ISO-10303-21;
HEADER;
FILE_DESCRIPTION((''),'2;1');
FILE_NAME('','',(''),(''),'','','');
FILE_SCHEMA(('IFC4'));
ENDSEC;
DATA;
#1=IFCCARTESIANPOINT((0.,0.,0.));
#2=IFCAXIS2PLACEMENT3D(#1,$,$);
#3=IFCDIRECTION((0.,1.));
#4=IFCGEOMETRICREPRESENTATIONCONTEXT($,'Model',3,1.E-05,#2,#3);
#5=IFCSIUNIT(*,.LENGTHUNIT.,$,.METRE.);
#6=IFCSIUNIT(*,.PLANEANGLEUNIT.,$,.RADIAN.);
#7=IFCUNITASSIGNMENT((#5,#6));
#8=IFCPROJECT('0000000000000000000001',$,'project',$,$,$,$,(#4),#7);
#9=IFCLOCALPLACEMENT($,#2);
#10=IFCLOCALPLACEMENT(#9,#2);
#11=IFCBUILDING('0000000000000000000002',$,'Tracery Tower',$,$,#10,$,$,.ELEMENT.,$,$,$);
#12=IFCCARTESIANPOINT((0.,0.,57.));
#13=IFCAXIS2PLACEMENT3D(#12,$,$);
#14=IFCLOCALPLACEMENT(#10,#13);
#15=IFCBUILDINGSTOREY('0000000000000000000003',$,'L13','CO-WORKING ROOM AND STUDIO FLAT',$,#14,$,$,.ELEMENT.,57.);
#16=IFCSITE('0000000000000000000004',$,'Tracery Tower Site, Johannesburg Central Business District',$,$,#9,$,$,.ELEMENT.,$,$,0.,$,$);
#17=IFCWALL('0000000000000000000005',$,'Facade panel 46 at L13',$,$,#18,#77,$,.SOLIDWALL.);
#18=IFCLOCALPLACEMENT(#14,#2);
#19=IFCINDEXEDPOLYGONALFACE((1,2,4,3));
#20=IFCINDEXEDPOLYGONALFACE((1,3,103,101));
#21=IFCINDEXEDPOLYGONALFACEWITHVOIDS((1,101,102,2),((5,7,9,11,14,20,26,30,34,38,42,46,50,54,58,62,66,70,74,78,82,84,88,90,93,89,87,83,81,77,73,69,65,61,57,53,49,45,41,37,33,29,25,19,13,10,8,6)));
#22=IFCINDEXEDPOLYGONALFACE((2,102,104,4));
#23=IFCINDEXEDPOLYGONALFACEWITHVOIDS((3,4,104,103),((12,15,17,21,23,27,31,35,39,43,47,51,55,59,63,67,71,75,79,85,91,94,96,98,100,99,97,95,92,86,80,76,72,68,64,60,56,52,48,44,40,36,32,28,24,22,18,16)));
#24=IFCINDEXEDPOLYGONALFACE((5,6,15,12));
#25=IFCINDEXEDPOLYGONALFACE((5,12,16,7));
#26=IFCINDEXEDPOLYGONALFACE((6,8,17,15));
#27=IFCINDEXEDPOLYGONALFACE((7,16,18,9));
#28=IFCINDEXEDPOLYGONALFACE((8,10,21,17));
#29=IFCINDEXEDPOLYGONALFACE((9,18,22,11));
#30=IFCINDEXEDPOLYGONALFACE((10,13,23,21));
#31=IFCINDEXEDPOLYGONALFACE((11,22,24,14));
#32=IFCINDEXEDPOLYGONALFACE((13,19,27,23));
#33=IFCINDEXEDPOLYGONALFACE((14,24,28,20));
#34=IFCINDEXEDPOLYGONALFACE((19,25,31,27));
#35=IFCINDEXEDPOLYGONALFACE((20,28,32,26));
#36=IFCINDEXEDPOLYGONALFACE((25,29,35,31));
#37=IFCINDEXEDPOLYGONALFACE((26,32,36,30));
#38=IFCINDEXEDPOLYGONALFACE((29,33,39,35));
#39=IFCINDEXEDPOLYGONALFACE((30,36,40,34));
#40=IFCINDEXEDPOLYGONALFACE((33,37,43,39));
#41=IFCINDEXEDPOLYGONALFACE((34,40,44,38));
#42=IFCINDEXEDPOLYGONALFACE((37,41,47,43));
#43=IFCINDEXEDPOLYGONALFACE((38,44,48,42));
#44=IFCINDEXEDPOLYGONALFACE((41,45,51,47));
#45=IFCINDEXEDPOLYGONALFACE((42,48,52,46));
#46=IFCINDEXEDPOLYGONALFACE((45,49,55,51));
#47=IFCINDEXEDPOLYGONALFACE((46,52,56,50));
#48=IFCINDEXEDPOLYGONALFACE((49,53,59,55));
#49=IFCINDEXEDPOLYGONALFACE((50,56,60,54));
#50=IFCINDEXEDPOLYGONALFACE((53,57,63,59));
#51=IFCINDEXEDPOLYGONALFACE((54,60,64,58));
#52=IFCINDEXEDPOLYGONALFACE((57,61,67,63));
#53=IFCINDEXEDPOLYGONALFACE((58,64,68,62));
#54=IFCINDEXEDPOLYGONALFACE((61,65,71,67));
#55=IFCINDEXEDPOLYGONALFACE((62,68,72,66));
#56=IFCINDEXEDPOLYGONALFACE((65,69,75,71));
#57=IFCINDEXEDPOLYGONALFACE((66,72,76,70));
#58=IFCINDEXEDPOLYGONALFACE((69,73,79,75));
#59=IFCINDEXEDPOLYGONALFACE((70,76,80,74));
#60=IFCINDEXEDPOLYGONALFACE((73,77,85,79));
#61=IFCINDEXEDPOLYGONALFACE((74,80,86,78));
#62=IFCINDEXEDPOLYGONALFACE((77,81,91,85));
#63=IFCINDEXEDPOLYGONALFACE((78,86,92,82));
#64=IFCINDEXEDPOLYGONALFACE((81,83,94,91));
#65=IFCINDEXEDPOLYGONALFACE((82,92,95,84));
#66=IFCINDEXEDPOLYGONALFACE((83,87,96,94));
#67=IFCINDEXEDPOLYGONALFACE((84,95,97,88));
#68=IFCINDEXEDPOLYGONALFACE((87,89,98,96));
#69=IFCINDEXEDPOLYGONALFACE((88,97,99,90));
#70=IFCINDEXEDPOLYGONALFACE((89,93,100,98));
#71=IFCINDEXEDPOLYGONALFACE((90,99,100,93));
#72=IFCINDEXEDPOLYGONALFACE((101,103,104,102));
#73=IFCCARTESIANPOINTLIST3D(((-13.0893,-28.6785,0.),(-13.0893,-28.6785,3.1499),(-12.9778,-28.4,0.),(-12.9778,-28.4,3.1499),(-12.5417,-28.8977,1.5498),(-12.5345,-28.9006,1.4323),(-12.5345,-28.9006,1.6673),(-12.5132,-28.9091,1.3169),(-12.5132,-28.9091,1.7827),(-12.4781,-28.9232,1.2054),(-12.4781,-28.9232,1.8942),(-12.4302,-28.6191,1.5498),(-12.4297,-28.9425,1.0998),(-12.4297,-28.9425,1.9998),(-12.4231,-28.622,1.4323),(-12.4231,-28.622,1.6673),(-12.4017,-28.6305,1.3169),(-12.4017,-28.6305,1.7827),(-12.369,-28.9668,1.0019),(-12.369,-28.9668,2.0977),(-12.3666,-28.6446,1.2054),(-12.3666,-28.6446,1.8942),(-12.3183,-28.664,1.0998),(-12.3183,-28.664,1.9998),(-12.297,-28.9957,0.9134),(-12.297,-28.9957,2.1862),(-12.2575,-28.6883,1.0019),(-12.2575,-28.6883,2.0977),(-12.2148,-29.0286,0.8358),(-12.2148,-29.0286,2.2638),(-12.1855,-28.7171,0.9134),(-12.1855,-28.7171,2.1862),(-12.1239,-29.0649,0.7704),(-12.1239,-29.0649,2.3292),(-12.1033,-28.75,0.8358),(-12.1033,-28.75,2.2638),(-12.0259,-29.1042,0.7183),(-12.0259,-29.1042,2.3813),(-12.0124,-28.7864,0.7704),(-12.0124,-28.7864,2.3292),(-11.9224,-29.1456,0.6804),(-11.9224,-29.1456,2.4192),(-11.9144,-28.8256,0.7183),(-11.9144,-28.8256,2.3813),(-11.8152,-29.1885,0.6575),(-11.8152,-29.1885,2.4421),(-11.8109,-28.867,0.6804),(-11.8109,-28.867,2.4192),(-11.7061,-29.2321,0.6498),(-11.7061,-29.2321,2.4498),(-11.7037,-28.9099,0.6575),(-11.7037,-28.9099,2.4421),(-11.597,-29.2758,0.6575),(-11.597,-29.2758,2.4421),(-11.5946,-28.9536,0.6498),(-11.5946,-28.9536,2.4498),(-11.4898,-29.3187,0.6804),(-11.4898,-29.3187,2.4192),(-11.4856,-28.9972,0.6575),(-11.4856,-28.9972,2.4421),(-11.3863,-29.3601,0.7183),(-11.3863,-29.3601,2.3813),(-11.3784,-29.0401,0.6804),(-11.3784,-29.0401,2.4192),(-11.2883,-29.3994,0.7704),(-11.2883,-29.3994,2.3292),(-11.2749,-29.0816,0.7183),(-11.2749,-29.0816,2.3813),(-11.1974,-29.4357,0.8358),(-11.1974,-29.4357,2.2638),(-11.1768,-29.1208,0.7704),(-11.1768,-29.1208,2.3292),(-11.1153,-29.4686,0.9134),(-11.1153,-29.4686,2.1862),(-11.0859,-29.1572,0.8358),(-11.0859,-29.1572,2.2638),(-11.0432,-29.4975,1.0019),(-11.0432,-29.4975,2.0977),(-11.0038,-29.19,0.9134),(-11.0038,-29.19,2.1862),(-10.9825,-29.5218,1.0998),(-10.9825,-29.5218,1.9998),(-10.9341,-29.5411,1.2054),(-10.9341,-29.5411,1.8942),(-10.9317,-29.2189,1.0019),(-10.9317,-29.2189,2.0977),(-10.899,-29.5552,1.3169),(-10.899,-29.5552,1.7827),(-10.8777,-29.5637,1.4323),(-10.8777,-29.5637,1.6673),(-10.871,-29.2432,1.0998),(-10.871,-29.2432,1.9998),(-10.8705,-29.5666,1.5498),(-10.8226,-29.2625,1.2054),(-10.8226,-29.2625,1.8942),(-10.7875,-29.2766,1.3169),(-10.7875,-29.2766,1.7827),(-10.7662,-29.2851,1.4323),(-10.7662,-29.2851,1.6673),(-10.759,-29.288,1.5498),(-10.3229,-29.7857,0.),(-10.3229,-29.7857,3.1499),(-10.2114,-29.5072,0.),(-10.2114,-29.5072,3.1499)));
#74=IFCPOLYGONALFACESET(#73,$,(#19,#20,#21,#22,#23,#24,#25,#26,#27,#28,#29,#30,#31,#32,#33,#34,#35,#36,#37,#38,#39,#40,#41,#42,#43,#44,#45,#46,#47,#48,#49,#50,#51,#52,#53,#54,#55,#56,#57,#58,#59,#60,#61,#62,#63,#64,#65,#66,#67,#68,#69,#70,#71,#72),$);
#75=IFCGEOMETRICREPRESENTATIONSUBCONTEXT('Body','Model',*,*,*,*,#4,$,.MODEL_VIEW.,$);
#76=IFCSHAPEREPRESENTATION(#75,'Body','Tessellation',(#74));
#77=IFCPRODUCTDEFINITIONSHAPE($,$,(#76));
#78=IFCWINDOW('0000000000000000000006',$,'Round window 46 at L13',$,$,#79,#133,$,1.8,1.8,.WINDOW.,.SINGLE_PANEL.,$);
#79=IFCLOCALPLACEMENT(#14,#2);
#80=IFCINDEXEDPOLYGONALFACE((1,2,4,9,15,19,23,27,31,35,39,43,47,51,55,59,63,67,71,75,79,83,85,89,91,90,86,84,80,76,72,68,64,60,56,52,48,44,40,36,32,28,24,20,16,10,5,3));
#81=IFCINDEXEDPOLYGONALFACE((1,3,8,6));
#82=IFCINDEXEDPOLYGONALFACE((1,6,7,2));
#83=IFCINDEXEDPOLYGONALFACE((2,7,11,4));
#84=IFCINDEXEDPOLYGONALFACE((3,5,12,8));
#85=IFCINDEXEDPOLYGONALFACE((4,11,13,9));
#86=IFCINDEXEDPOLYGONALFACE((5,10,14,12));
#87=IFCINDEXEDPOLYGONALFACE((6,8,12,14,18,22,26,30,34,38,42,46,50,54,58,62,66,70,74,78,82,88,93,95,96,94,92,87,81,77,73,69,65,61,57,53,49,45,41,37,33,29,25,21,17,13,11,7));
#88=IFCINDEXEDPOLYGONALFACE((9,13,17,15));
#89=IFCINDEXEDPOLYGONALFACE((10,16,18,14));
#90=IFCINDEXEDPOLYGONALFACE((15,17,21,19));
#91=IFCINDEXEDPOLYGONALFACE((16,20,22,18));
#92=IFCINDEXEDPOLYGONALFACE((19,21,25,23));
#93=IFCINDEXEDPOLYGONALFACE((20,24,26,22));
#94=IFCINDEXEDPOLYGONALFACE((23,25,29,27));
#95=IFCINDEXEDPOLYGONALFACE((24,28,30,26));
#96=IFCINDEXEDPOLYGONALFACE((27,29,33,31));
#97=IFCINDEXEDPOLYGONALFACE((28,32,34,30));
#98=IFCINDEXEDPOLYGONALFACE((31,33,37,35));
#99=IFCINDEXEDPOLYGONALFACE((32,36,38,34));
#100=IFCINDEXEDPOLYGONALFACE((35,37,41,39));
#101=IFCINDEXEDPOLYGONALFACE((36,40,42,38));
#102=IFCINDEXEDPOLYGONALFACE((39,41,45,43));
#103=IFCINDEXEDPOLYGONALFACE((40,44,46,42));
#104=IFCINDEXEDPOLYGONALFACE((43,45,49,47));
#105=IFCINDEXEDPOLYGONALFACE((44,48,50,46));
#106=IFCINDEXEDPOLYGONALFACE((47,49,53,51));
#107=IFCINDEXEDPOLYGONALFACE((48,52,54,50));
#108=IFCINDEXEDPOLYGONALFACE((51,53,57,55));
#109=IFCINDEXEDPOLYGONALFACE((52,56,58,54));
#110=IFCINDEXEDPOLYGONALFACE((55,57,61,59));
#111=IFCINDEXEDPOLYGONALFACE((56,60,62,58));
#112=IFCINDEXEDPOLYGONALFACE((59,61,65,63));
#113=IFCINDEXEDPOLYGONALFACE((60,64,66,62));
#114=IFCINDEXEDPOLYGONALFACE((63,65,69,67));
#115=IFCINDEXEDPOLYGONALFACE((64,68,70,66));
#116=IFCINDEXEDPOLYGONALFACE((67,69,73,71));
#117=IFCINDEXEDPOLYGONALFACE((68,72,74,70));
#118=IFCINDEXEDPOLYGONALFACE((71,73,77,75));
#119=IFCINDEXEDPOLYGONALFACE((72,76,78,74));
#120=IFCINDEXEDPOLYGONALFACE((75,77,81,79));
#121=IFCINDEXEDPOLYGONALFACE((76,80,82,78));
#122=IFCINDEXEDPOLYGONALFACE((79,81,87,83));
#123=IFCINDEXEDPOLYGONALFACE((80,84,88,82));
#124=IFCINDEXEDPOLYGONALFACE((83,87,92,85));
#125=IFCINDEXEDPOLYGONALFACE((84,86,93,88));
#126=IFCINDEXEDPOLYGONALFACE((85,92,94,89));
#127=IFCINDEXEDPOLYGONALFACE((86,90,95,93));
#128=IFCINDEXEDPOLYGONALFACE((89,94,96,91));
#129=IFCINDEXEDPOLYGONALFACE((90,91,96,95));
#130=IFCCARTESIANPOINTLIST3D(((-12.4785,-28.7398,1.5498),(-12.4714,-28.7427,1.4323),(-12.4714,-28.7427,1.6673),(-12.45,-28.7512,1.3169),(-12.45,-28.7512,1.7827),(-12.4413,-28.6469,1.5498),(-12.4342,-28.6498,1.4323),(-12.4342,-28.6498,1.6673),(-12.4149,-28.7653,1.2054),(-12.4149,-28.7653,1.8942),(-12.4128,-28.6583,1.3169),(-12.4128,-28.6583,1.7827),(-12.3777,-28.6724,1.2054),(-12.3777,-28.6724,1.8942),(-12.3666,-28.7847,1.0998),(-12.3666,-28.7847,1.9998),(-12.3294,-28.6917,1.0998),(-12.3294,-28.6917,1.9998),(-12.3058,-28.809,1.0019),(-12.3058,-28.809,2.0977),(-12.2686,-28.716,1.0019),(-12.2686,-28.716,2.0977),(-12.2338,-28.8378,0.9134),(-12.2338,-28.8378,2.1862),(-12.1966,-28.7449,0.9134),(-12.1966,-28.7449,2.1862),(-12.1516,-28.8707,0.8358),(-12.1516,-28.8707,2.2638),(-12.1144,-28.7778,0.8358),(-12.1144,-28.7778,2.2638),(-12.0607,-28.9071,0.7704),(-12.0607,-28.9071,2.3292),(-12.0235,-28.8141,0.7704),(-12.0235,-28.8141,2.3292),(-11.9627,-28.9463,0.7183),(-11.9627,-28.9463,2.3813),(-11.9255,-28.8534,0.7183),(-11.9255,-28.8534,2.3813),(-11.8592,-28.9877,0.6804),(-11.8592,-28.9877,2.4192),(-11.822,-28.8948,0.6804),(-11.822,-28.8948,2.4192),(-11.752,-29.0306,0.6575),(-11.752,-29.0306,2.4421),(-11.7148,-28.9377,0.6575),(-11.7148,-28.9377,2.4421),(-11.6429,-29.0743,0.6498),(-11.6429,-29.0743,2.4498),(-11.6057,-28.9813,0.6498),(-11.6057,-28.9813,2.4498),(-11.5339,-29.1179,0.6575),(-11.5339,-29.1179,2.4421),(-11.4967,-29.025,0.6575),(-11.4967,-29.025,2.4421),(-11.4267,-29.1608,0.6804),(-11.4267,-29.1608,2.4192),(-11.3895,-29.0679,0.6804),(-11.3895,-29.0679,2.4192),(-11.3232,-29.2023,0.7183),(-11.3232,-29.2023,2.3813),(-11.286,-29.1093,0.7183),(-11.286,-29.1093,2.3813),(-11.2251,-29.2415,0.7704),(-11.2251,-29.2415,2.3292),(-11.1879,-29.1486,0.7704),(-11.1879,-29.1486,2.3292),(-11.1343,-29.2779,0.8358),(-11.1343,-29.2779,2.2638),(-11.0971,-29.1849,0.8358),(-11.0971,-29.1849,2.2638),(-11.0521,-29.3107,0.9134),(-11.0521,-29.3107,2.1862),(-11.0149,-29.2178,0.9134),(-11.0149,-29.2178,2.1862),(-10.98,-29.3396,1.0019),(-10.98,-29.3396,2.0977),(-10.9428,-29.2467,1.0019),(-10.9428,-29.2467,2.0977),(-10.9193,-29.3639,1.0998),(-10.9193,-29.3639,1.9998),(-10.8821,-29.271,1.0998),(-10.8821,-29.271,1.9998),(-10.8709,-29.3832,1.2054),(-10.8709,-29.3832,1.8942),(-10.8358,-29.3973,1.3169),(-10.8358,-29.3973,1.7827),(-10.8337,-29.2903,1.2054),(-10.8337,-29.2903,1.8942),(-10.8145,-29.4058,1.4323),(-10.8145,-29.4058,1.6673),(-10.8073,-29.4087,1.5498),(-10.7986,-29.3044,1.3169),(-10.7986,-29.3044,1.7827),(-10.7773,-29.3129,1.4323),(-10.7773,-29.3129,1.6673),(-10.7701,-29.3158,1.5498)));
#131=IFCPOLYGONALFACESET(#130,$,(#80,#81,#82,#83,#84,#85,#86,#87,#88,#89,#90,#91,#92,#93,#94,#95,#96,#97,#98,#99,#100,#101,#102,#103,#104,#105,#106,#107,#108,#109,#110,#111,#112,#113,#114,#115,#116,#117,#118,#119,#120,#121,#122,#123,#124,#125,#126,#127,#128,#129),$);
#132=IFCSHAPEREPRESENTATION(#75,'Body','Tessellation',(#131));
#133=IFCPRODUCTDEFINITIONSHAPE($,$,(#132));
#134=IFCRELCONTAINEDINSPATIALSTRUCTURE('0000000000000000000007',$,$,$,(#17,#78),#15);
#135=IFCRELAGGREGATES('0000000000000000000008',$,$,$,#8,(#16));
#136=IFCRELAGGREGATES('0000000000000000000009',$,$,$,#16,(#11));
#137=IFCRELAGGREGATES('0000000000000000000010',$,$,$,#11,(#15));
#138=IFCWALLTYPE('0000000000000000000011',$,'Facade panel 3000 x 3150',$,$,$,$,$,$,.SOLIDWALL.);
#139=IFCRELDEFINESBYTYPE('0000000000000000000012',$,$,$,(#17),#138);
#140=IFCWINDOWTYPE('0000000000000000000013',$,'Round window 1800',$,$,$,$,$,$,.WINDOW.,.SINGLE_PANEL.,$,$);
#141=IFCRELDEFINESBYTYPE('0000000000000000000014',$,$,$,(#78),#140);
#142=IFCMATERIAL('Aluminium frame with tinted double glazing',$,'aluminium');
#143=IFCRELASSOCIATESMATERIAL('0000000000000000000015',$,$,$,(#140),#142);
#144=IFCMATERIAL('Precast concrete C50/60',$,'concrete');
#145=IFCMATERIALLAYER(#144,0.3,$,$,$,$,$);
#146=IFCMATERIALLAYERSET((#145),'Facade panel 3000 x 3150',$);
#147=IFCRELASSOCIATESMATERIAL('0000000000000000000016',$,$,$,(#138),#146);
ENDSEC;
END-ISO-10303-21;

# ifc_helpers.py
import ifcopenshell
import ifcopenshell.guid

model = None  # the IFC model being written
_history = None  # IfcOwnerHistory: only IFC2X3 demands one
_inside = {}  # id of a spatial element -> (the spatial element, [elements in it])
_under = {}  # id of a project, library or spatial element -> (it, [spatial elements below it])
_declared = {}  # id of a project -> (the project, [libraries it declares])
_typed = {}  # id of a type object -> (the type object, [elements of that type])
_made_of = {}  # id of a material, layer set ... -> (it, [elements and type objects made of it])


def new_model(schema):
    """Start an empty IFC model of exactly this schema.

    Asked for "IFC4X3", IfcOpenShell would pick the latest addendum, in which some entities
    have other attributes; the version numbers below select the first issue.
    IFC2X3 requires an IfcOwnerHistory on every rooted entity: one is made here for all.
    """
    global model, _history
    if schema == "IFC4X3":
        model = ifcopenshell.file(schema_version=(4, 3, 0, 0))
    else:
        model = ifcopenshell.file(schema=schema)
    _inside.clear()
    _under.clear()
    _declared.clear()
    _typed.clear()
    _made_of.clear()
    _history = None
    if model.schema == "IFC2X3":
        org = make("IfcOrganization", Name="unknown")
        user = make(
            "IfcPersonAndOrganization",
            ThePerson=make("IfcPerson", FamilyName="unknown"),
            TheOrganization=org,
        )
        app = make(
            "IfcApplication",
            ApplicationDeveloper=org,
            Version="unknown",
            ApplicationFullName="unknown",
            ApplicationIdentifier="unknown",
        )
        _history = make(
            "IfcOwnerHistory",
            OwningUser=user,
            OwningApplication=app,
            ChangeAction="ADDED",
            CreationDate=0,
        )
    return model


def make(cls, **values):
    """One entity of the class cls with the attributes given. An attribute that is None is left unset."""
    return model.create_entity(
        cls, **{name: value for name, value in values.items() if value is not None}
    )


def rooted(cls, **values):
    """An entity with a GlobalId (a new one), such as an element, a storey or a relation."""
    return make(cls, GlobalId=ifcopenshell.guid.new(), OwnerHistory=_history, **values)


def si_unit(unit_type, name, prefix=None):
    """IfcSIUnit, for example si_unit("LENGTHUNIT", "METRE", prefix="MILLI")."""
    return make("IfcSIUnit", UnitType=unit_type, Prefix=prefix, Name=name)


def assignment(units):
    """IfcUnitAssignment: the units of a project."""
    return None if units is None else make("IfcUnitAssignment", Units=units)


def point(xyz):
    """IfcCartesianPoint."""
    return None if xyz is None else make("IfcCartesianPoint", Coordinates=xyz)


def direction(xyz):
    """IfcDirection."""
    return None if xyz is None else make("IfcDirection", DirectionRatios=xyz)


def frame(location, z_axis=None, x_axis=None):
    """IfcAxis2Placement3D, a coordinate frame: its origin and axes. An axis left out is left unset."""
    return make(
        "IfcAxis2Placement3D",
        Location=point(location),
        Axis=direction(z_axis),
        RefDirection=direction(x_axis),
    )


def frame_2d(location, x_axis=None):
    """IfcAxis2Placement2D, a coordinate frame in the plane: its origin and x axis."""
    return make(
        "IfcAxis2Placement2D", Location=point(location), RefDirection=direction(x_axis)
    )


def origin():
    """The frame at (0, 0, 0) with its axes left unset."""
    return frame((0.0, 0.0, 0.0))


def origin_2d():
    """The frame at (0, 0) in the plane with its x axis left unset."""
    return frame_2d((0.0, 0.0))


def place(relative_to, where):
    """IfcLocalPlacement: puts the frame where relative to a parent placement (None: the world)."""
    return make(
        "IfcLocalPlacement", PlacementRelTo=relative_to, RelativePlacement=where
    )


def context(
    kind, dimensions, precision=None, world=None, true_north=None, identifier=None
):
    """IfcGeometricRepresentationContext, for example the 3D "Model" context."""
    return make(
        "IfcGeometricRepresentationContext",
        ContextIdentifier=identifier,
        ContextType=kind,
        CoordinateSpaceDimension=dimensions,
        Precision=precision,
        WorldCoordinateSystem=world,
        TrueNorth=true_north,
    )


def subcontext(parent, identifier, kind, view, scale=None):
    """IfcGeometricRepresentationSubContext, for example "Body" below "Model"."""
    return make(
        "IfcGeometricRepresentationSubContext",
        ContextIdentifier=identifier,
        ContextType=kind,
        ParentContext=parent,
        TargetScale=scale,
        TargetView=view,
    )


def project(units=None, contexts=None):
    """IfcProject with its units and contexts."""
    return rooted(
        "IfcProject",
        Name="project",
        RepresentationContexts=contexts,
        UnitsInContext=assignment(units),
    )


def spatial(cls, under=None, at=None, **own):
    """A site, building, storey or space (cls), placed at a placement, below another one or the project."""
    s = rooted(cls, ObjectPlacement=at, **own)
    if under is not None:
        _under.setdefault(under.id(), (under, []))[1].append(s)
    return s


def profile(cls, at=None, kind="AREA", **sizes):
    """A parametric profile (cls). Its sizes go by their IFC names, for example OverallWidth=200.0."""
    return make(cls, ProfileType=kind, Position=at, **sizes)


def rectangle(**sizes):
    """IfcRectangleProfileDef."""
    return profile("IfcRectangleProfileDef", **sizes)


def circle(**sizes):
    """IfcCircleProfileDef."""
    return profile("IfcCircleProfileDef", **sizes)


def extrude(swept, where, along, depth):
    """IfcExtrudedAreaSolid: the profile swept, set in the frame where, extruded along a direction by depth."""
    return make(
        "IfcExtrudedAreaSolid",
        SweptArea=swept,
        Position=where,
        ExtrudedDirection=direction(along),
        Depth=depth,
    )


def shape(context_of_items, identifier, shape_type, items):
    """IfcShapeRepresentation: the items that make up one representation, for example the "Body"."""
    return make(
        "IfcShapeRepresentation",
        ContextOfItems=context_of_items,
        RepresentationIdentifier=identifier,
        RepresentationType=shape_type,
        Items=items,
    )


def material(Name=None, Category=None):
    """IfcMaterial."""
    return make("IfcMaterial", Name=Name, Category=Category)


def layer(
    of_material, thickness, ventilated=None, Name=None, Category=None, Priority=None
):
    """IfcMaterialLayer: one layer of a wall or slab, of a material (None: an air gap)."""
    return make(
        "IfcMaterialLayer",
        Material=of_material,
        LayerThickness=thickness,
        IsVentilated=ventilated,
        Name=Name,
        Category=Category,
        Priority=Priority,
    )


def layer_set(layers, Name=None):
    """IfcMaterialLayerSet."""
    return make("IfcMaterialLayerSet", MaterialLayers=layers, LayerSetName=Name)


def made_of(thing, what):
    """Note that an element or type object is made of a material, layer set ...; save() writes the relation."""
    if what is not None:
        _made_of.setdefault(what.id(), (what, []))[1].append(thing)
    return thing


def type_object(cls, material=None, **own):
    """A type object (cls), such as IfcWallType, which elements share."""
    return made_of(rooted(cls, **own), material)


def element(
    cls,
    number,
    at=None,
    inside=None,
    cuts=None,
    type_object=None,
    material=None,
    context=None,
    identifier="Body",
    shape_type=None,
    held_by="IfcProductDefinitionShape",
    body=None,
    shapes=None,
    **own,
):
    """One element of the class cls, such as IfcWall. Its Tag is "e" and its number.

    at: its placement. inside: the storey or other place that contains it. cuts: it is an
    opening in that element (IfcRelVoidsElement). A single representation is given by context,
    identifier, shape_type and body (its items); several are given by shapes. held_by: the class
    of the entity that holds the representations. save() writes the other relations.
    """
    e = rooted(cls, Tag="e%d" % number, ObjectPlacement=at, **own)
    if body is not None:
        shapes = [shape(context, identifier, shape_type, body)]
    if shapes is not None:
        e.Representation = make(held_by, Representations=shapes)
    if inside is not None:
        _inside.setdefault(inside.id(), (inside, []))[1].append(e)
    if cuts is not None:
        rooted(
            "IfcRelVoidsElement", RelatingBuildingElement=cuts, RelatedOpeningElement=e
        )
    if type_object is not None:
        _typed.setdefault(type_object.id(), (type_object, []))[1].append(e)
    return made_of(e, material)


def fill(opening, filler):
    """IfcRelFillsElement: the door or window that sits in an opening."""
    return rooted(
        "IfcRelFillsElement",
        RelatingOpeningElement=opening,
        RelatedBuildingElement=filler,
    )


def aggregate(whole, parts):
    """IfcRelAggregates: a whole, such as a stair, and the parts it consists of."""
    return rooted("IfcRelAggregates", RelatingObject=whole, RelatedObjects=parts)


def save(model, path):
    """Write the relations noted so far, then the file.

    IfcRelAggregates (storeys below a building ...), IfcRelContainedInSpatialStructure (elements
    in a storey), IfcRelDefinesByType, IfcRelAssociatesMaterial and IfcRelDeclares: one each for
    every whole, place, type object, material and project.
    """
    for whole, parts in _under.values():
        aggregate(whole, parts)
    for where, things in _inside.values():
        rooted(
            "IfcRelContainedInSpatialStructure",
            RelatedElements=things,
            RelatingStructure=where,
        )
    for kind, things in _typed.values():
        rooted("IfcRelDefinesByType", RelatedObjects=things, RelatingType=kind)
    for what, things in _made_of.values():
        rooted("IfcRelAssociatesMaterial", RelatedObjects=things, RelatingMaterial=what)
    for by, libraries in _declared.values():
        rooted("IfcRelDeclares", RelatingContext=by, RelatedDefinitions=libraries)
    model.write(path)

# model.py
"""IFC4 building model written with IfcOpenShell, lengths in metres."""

from ifc_helpers import new_model, si_unit, direction, frame, frame_2d, origin, origin_2d, place, context, subcontext, project, spatial, rectangle, circle, extrude, material, layer, layer_set, type_object, element, fill, save


model = new_model("IFC4")

# Units and contexts
model_context = context("Model", 3, precision=1e-05, world=origin(), true_north=direction((0.0, 1.0)))
body_context = subcontext(model_context, "Body", "Model", "MODEL_VIEW")
ifc_project = project(units=[si_unit("LENGTHUNIT", "METRE"), si_unit("PLANEANGLEUNIT", "RADIAN")], contexts=[model_context])

# Site, building, storey
site_placement = place(None, origin())
site = spatial("IfcSite", under=ifc_project, at=site_placement, Name="Tracery Tower Site, Johannesburg Central Business District", CompositionType="ELEMENT", RefElevation=0.0)
building_placement = place(site_placement, origin())
building = spatial("IfcBuilding", under=site, at=building_placement, Name="Tracery Tower", CompositionType="ELEMENT")
storey_placement = place(building_placement, frame((0.0, 0.0, 57.0)))
storey = spatial("IfcBuildingStorey", under=building, at=storey_placement, Name="L13", Description="CO-WORKING ROOM AND STUDIO FLAT", CompositionType="ELEMENT", Elevation=57.0)

# Wall, opening, window
ifc_material_1 = material(Name="Aluminium frame with tinted double glazing", Category="aluminium")
window_type = type_object("IfcWindowType", Name="Round window 1800", PartitioningType="SINGLE_PANEL", PredefinedType="WINDOW", material=ifc_material_1)
ifc_material_2 = material(Name="Precast concrete C50/60", Category="concrete")
ifc_layer_1 = layer(ifc_material_2, 0.3)
ifc_layer_set_1 = layer_set([ifc_layer_1], Name="Facade panel 3000 x 3150")
wall_type_1 = type_object("IfcWallType", Name="Facade panel 3000 x 3150", PredefinedType="SOLIDWALL", material=ifc_layer_set_1)
wall_1_placement = place(storey_placement, frame((-13.0334, -28.5393, 0.0), z_axis=(0.0, 0.0, 1.0), x_axis=(0.928403, -0.371574, 0.0)))
wall_1 = element("IfcWall", 1, at=wall_1_placement, inside=storey, type_object=wall_type_1, Name="Facade panel 46 at L13", PredefinedType="SOLIDWALL", context=body_context, shape_type="SweptSolid", body=[
    extrude(rectangle(XDim=2.9797, YDim=0.3, at=frame_2d((1.4897, 0.0))), origin(), (0.0, 0.0, 1.0), 3.1499),
])
opening_1_placement = place(wall_1_placement, frame((1.4897, 0.0, 1.5498)))
opening_1 = element("IfcOpeningElement", 2, at=opening_1_placement, cuts=wall_1, PredefinedType="OPENING", context=body_context, shape_type="SweptSolid", body=[
    extrude(circle(Radius=0.9, at=origin_2d()), frame((0.0, 0.1599, 0.0), z_axis=(0.0, -1.0, 0.0), x_axis=(1.0, 0.0, 0.0)), (0.0, 0.0, 1.0), 0.3201),
])
window_1_placement = place(opening_1_placement, origin())
window_1 = element("IfcWindow", 3, at=window_1_placement, inside=storey, type_object=window_type, Name="Round window 46 at L13", OverallHeight=1.8, OverallWidth=1.8, PartitioningType="SINGLE_PANEL", PredefinedType="WINDOW", context=body_context, shape_type="SweptSolid", body=[
    extrude(circle(Radius=0.9, at=origin_2d()), frame((0.0, 0.1201, 0.0), z_axis=(0.0, -1.0, 0.0), x_axis=(1.0, 0.0, 0.0)), (0.0, 0.0, 1.0), 0.1001),
])
fill(opening_1, window_1)

save(model, "model.ifc")
